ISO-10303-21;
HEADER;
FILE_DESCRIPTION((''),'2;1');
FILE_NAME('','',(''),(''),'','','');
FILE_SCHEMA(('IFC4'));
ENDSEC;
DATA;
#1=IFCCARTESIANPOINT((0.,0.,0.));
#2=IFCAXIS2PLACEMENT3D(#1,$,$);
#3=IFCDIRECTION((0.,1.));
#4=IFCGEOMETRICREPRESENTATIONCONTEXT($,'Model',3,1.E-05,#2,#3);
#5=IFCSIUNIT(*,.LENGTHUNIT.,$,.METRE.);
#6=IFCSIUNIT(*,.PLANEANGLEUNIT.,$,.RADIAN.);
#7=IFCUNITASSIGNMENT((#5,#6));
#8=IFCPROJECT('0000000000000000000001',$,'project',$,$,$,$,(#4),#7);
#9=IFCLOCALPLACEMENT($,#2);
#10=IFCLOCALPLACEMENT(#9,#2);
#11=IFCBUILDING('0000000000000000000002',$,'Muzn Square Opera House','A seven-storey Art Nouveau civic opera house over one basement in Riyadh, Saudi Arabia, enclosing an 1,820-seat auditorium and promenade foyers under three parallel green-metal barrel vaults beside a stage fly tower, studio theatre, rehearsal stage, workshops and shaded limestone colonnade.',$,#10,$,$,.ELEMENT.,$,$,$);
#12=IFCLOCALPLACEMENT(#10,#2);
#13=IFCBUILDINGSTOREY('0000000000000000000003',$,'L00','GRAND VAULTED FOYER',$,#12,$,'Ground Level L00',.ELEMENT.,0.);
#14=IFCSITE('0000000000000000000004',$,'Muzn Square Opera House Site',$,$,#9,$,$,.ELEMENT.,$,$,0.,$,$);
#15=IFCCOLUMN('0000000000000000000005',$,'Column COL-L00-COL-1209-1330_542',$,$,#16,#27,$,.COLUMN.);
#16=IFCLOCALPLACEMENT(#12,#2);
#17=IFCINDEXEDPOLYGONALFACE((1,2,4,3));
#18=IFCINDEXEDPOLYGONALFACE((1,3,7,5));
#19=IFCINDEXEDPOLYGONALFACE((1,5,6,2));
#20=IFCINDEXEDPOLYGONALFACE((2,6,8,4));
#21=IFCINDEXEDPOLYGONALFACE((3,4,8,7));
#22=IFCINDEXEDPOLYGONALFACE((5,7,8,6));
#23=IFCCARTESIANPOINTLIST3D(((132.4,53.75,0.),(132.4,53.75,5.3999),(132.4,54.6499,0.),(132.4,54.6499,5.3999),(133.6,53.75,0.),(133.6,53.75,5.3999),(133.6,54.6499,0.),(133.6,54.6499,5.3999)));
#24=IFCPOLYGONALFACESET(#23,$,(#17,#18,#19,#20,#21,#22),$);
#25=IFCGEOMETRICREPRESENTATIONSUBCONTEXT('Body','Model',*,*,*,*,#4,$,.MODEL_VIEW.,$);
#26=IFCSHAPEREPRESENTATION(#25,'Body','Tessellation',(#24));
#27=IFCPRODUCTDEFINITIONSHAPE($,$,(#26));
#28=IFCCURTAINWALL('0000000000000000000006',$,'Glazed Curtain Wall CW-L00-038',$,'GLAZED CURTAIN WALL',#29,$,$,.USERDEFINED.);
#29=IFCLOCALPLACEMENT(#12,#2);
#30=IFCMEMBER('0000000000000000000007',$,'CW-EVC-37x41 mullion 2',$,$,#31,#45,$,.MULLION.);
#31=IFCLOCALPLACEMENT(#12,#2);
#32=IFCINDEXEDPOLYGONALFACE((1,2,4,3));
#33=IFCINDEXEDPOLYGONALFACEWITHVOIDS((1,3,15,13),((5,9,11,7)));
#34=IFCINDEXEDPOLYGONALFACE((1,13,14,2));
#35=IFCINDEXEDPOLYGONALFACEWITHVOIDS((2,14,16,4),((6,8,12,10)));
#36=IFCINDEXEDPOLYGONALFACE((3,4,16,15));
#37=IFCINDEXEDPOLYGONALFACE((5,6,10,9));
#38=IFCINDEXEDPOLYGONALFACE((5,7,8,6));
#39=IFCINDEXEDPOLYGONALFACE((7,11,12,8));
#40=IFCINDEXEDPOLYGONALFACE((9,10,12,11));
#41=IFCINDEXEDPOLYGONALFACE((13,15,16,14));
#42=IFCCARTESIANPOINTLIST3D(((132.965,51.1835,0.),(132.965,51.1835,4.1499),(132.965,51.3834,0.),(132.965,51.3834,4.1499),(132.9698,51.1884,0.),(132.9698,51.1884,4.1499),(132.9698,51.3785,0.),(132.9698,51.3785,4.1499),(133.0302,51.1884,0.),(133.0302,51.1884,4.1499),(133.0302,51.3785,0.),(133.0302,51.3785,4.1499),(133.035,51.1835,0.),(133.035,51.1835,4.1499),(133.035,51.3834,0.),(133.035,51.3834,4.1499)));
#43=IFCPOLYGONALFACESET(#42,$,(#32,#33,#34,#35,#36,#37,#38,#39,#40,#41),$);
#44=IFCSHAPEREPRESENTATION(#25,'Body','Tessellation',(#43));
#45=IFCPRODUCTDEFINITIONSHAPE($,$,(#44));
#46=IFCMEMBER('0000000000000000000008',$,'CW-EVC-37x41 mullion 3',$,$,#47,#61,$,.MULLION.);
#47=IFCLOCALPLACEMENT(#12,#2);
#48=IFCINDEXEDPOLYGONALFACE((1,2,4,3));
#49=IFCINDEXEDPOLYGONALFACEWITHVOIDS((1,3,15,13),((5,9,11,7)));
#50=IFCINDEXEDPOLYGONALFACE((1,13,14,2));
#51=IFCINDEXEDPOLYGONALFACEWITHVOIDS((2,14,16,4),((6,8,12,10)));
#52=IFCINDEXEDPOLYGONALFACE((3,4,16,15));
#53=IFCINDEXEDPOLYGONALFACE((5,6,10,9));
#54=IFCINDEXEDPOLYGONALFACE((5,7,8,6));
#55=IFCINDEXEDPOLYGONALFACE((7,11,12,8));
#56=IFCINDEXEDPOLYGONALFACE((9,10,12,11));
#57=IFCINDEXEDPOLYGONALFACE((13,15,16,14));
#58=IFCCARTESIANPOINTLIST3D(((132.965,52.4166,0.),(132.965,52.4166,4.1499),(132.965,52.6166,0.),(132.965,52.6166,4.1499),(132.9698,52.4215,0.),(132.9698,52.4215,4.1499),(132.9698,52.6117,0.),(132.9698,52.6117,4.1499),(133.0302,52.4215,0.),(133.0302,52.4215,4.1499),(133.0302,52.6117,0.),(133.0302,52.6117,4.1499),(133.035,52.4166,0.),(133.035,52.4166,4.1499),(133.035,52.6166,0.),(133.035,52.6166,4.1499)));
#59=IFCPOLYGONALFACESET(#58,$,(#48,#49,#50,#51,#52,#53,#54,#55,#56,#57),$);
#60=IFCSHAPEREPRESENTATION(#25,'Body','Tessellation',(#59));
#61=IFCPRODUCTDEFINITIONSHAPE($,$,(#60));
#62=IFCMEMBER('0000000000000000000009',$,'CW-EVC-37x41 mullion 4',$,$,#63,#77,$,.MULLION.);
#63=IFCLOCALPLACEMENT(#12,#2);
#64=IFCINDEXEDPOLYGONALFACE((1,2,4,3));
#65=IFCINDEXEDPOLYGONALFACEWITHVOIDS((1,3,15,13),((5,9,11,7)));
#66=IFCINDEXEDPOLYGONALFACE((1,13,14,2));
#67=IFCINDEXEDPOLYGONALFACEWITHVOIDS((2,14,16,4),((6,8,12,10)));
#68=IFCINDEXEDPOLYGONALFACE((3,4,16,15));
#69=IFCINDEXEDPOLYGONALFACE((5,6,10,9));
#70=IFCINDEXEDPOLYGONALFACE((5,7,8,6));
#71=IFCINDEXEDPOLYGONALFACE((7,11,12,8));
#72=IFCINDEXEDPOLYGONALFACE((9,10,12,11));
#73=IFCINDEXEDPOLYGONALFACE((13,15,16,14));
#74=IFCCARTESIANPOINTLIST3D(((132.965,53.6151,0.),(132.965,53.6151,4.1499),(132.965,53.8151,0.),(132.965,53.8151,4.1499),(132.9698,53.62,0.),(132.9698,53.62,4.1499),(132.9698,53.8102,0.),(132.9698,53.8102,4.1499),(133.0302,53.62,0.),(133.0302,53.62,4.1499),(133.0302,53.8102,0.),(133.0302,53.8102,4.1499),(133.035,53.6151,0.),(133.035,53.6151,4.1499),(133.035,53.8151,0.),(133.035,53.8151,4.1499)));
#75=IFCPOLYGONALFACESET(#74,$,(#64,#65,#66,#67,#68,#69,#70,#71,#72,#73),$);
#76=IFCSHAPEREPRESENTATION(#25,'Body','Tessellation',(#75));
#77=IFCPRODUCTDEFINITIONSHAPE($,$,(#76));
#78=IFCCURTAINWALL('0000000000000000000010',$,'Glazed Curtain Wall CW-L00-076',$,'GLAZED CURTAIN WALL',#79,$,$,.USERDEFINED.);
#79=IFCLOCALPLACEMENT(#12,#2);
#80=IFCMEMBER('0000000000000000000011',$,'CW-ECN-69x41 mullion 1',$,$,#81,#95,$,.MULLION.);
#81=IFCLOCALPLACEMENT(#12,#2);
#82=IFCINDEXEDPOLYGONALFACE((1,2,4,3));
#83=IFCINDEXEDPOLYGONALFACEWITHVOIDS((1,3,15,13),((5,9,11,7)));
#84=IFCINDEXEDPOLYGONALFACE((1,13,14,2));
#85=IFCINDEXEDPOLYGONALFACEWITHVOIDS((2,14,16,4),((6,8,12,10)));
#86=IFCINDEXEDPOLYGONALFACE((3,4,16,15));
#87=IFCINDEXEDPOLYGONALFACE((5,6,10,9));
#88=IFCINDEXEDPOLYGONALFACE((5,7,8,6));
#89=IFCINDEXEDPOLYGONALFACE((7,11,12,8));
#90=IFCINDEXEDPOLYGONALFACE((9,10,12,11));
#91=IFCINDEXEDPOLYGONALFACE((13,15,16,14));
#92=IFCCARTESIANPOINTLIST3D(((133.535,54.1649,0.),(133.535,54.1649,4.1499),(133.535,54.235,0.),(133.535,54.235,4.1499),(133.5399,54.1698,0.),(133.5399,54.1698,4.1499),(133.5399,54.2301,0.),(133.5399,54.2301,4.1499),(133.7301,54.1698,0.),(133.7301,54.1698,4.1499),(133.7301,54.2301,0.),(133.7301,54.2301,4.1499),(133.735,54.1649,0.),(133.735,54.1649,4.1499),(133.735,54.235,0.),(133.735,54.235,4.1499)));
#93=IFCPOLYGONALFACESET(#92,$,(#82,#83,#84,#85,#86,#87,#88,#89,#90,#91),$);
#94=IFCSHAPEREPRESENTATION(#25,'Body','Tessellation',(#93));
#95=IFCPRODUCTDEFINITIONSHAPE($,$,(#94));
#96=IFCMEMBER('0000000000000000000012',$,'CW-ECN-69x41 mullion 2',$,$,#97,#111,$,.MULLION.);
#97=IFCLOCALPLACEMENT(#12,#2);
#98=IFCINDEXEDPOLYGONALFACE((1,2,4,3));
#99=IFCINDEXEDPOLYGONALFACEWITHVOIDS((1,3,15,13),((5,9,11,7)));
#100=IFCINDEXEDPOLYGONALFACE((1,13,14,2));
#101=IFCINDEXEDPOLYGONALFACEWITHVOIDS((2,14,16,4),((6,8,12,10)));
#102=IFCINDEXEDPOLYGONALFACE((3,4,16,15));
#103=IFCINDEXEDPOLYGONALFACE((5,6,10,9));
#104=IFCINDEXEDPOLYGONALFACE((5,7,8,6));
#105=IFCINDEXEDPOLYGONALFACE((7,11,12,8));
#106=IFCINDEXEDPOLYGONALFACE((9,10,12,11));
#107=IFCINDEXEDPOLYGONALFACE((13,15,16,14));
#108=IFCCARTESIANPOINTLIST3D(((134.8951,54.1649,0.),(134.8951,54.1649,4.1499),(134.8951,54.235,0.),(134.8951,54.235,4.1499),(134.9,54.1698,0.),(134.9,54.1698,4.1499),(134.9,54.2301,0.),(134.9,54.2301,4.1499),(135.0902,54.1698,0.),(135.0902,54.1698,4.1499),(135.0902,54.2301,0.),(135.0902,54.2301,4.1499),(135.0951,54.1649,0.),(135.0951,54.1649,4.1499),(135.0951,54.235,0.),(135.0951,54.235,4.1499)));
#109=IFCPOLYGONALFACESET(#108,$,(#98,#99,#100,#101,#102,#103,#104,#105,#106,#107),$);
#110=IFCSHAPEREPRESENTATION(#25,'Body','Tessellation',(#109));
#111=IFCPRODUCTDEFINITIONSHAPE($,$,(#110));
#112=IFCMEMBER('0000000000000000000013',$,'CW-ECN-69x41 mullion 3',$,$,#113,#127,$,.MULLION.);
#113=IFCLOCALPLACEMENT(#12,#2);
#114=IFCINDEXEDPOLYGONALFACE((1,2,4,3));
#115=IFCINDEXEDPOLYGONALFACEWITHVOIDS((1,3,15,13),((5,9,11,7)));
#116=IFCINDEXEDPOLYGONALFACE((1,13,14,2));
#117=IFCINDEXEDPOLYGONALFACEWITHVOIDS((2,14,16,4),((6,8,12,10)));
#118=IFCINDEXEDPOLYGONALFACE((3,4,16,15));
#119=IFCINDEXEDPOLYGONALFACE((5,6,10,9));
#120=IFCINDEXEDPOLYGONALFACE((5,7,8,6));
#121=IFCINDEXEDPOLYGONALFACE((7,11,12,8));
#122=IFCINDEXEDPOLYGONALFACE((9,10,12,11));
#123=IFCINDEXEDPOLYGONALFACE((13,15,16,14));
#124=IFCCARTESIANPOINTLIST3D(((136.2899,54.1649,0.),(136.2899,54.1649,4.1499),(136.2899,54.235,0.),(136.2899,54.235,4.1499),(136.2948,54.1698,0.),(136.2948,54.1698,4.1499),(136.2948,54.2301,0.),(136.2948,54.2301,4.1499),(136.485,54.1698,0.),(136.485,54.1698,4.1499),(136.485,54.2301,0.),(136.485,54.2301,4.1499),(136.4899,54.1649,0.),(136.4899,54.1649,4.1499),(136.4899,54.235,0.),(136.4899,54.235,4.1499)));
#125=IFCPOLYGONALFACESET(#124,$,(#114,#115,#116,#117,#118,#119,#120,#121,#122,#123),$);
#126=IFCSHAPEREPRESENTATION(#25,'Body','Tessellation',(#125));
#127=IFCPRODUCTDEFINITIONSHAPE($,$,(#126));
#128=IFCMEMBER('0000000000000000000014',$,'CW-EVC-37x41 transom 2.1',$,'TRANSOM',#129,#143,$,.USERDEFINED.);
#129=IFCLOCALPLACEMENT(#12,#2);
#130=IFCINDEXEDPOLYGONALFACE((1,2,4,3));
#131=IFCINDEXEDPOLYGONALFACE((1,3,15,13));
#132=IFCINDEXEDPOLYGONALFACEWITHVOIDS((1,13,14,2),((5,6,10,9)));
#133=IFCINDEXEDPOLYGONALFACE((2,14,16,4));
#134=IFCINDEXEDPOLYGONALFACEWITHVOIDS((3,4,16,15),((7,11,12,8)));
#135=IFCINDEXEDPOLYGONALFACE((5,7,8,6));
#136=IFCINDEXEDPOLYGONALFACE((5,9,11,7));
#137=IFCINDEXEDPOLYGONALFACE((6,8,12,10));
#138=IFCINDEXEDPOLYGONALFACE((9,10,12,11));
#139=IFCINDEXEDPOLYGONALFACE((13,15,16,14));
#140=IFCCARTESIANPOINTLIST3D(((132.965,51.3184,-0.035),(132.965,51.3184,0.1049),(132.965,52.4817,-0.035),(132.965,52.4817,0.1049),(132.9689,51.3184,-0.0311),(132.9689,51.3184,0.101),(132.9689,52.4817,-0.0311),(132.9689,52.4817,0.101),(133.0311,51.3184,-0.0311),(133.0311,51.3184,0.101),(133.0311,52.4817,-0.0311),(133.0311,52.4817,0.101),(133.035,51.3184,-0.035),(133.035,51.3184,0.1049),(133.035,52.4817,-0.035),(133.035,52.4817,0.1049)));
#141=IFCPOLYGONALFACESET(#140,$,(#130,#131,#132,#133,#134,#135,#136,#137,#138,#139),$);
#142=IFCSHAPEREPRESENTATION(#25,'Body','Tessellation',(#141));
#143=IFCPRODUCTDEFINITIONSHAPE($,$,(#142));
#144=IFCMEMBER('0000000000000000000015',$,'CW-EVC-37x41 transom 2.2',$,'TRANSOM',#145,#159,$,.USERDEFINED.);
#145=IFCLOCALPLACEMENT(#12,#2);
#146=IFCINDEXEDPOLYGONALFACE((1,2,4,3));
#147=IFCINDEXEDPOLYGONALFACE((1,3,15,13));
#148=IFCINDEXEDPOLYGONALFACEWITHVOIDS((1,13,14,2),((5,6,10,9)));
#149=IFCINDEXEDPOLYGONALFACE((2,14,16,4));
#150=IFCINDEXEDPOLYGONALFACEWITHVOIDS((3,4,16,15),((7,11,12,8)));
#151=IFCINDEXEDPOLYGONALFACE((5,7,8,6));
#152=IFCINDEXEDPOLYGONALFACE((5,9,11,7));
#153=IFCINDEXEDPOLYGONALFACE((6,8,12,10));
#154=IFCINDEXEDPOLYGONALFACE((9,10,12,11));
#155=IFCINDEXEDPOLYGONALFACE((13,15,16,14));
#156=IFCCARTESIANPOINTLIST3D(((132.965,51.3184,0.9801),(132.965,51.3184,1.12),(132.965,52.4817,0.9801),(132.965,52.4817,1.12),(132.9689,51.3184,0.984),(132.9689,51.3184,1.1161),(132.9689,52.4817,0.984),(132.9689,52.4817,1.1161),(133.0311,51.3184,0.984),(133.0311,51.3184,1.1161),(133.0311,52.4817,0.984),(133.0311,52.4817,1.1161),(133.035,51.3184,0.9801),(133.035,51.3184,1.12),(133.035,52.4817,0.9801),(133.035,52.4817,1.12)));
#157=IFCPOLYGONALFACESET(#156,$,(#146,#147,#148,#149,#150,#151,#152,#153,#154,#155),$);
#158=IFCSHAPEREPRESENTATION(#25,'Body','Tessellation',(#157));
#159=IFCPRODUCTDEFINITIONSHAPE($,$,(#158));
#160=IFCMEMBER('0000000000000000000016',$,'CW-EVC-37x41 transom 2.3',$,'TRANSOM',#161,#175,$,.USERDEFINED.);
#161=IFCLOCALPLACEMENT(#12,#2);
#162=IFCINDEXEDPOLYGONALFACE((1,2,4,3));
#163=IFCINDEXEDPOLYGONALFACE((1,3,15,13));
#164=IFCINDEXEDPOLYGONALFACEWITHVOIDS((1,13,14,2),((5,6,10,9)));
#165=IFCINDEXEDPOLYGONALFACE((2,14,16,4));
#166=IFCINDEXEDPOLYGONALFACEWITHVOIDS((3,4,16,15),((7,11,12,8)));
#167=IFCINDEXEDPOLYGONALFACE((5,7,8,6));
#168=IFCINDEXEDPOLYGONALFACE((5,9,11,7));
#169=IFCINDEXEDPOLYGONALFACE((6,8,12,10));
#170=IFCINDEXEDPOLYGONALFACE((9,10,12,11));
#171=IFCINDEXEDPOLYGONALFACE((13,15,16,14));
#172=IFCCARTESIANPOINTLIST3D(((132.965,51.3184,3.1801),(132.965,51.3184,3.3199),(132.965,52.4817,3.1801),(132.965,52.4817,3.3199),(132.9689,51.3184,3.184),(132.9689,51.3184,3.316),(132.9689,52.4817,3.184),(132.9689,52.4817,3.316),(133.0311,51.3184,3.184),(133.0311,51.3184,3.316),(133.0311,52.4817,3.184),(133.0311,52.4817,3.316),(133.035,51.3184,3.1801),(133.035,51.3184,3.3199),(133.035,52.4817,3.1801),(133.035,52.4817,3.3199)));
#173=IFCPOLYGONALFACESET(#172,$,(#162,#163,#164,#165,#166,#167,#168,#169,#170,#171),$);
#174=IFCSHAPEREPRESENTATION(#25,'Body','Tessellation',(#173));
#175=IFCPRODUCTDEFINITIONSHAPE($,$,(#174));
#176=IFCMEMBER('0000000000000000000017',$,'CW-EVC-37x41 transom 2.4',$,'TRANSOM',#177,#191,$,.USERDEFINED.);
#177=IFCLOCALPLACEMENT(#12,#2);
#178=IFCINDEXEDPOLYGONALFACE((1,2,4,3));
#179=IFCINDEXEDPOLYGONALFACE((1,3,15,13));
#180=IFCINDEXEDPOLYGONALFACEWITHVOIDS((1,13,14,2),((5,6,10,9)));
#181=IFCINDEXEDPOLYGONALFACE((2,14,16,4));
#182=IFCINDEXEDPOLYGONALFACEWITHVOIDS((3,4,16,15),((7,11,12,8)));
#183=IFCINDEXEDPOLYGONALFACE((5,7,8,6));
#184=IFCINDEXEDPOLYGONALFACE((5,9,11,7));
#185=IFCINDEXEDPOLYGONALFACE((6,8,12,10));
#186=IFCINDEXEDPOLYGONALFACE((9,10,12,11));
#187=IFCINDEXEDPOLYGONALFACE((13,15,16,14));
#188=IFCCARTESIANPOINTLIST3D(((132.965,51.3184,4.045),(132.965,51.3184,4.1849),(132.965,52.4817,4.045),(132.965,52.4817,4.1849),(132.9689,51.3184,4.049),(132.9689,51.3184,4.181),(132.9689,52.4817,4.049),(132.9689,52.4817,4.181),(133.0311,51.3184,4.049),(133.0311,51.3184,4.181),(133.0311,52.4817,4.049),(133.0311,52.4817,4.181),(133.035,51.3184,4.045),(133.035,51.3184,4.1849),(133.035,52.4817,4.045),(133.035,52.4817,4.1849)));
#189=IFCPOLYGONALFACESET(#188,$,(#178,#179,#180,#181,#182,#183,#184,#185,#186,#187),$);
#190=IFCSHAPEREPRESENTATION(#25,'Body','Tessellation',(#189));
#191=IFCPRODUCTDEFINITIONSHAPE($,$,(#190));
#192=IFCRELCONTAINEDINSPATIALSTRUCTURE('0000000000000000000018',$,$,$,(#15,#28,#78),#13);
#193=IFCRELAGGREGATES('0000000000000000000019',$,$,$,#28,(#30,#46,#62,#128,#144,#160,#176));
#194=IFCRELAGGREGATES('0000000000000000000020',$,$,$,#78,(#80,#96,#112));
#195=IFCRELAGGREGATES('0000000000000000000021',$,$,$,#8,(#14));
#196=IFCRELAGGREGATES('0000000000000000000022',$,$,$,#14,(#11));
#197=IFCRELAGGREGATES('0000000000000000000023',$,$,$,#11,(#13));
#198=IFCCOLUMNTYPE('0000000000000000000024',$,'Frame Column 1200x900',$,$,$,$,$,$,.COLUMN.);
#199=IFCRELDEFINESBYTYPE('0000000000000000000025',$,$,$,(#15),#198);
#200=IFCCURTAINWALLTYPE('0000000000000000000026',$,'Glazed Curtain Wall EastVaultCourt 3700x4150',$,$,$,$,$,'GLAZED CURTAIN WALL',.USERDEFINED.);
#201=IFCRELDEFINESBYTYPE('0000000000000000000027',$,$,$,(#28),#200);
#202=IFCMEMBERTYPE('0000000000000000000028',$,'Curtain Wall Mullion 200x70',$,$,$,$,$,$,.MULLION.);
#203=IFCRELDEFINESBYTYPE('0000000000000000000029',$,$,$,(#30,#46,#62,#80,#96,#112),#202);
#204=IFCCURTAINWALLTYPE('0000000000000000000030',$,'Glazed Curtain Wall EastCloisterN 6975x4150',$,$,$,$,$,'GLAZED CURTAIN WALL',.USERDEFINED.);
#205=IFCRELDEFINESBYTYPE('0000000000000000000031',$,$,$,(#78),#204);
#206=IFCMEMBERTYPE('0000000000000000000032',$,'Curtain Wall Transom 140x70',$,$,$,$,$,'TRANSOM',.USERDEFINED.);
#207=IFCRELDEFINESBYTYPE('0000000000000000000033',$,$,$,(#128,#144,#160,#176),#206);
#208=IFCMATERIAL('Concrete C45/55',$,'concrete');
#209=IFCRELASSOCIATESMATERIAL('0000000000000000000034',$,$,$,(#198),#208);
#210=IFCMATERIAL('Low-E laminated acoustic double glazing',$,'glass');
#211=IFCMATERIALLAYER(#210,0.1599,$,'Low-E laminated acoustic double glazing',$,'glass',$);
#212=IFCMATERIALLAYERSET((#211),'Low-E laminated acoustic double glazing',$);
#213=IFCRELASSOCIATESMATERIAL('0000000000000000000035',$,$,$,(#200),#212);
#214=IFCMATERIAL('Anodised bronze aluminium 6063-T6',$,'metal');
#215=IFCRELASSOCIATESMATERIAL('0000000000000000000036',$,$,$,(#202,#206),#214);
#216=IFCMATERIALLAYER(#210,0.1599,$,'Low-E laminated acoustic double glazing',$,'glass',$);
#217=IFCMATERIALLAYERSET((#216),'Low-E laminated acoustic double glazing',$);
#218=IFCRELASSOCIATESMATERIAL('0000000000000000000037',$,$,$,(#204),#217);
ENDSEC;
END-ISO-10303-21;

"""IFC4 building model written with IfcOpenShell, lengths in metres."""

from ifc_helpers import new_model, si_unit, direction, frame, origin, origin_2d, place, context, subcontext, project, spatial, rectangle, hollow_rectangle, extrude, material, layer, layer_set, material_profile, profile_set, type_object, element, aggregate, save


model = new_model("IFC4")

# Units and contexts
model_context = context("Model", 3, precision=1e-05, world=origin(), true_north=direction((0.0, 1.0)))
body_context = subcontext(model_context, "Body", "Model", "MODEL_VIEW")
ifc_project = project(units=[si_unit("LENGTHUNIT", "METRE"), si_unit("PLANEANGLEUNIT", "RADIAN")], contexts=[model_context])

# Site, building, storey
site_placement = place(None, origin())
site = spatial("IfcSite", under=ifc_project, at=site_placement, Name="Muzn Square Opera House Site", CompositionType="ELEMENT", RefElevation=0.0)
building_placement = place(site_placement, origin())
building = spatial("IfcBuilding", under=site, at=building_placement, Name="Muzn Square Opera House", Description="A seven-storey Art Nouveau civic opera house over one basement in Riyadh, Saudi Arabia, enclosing an 1,820-seat auditorium and promenade foyers under three parallel green-metal barrel vaults beside a stage fly tower, studio theatre, rehearsal stage, workshops and shaded limestone colonnade.", CompositionType="ELEMENT")
storey_placement = place(building_placement, origin())
storey = spatial("IfcBuildingStorey", under=building, at=storey_placement, Name="L00", Description="GRAND VAULTED FOYER", LongName="Ground Level L00", CompositionType="ELEMENT", Elevation=0.0)

# Column
ifc_material_1 = material(Name="Concrete C45/55", Category="concrete")
ifc_material_profile_1 = material_profile(ifc_material_1, rectangle(XDim=1.2, YDim=0.8999, at=origin_2d()), Name="RC 1200x900", Category="concrete")
ifc_profile_set_1 = profile_set([ifc_material_profile_1], Name="Concrete C45/55")
column_type = type_object("IfcColumnType", Name="Frame Column 1200x900", PredefinedType="COLUMN", material=ifc_profile_set_1)
column_placement = place(storey_placement, frame((133.0, 54.2, 0.0), z_axis=(0.0, 0.0, 1.0), x_axis=(1.0, 0.0, 0.0)))
element("IfcColumn", 1, at=column_placement, inside=storey, type_object=column_type, Name="Column COL-L00-COL-1209-1330_542", PredefinedType="COLUMN", context=body_context, shape_type="SweptSolid", body=[
    extrude(rectangle(XDim=1.2, YDim=0.8999, at=origin_2d()), origin(), (0.0, 0.0, 1.0), 5.3999),
])

# Curtain walls, members
ifc_material_2 = material(Name="Low-E laminated acoustic double glazing", Category="glass")
ifc_layer_1 = layer(ifc_material_2, 0.1599, Name="Low-E laminated acoustic double glazing", Category="glass")
ifc_layer_set_1 = layer_set([ifc_layer_1], Name="Low-E laminated acoustic double glazing")
curtain_wall_type_1 = type_object("IfcCurtainWallType", Name="Glazed Curtain Wall EastVaultCourt 3700x4150", ElementType="GLAZED CURTAIN WALL", PredefinedType="USERDEFINED", material=ifc_layer_set_1)
curtain_wall_1_placement = place(storey_placement, origin())
curtain_wall_1 = element("IfcCurtainWall", 2, at=curtain_wall_1_placement, inside=storey, type_object=curtain_wall_type_1, Name="Glazed Curtain Wall CW-L00-038", ObjectType="GLAZED CURTAIN WALL", PredefinedType="USERDEFINED")
ifc_material_3 = material(Name="Anodised bronze aluminium 6063-T6", Category="metal")
ifc_material_profile_2 = material_profile(ifc_material_3, hollow_rectangle(XDim=0.0701, YDim=0.2, WallThickness=0.0049, at=origin_2d()), Name="ALU 200x70x5", Category="metal")
ifc_profile_set_2 = profile_set([ifc_material_profile_2], Name="Anodised bronze aluminium 6063-T6")
member_type_1 = type_object("IfcMemberType", Name="Curtain Wall Mullion 200x70", PredefinedType="MULLION", material=ifc_profile_set_2)
member_1_placement = place(storey_placement, frame((133.0, 51.2834, 0.0), z_axis=(0.0, 0.0, 1.0), x_axis=(-1.0, 0.0, 0.0)))
member_1 = element("IfcMember", 3, at=member_1_placement, type_object=member_type_1, Name="CW-EVC-37x41 mullion 2", PredefinedType="MULLION", context=body_context, shape_type="SweptSolid", body=[
    extrude(hollow_rectangle(XDim=0.0701, YDim=0.2, WallThickness=0.0049, at=origin_2d()), origin(), (0.0, 0.0, 1.0), 4.1499),
])
member_2_placement = place(storey_placement, frame((133.0, 52.5166, 0.0), z_axis=(0.0, 0.0, 1.0), x_axis=(-1.0, 0.0, 0.0)))
member_2 = element("IfcMember", 4, at=member_2_placement, type_object=member_type_1, Name="CW-EVC-37x41 mullion 3", PredefinedType="MULLION", context=body_context, shape_type="SweptSolid", body=[
    extrude(hollow_rectangle(XDim=0.0701, YDim=0.2, WallThickness=0.0049, at=origin_2d()), origin(), (0.0, 0.0, 1.0), 4.1499),
])
member_3_placement = place(storey_placement, frame((133.0, 53.7151, 0.0), z_axis=(0.0, 0.0, 1.0), x_axis=(-1.0, 0.0, 0.0)))
member_3 = element("IfcMember", 5, at=member_3_placement, type_object=member_type_1, Name="CW-EVC-37x41 mullion 4", PredefinedType="MULLION", context=body_context, shape_type="SweptSolid", body=[
    extrude(hollow_rectangle(XDim=0.0701, YDim=0.2, WallThickness=0.0049, at=origin_2d()), origin(), (0.0, 0.0, 1.0), 4.1499),
])
ifc_layer_2 = layer(ifc_material_2, 0.1599, Name="Low-E laminated acoustic double glazing", Category="glass")
ifc_layer_set_2 = layer_set([ifc_layer_2], Name="Low-E laminated acoustic double glazing")
curtain_wall_type_2 = type_object("IfcCurtainWallType", Name="Glazed Curtain Wall EastCloisterN 6975x4150", ElementType="GLAZED CURTAIN WALL", PredefinedType="USERDEFINED", material=ifc_layer_set_2)
curtain_wall_2_placement = place(storey_placement, origin())
curtain_wall_2 = element("IfcCurtainWall", 6, at=curtain_wall_2_placement, inside=storey, type_object=curtain_wall_type_2, Name="Glazed Curtain Wall CW-L00-076", ObjectType="GLAZED CURTAIN WALL", PredefinedType="USERDEFINED")
member_4_placement = place(storey_placement, frame((133.635, 54.2, 0.0), z_axis=(0.0, 0.0, 1.0), x_axis=(0.0, 1.0, 0.0)))
member_4 = element("IfcMember", 7, at=member_4_placement, type_object=member_type_1, Name="CW-ECN-69x41 mullion 1", PredefinedType="MULLION", context=body_context, shape_type="SweptSolid", body=[
    extrude(hollow_rectangle(XDim=0.0701, YDim=0.2, WallThickness=0.0049, at=origin_2d()), origin(), (0.0, 0.0, 1.0), 4.1499),
])
member_5_placement = place(storey_placement, frame((134.9951, 54.2, 0.0), z_axis=(0.0, 0.0, 1.0), x_axis=(0.0, 1.0, 0.0)))
member_5 = element("IfcMember", 8, at=member_5_placement, type_object=member_type_1, Name="CW-ECN-69x41 mullion 2", PredefinedType="MULLION", context=body_context, shape_type="SweptSolid", body=[
    extrude(hollow_rectangle(XDim=0.0701, YDim=0.2, WallThickness=0.0049, at=origin_2d()), origin(), (0.0, 0.0, 1.0), 4.1499),
])
member_6_placement = place(storey_placement, frame((136.3899, 54.2, 0.0), z_axis=(0.0, 0.0, 1.0), x_axis=(0.0, 1.0, 0.0)))
member_6 = element("IfcMember", 9, at=member_6_placement, type_object=member_type_1, Name="CW-ECN-69x41 mullion 3", PredefinedType="MULLION", context=body_context, shape_type="SweptSolid", body=[
    extrude(hollow_rectangle(XDim=0.0701, YDim=0.2, WallThickness=0.0049, at=origin_2d()), origin(), (0.0, 0.0, 1.0), 4.1499),
])

# Members
ifc_material_profile_3 = material_profile(ifc_material_3, hollow_rectangle(XDim=0.0701, YDim=0.1399, WallThickness=0.0039, at=origin_2d()), Name="ALU 140x70x4", Category="metal")
ifc_profile_set_3 = profile_set([ifc_material_profile_3], Name="Anodised bronze aluminium 6063-T6")
member_type_2 = type_object("IfcMemberType", Name="Curtain Wall Transom 140x70", ElementType="TRANSOM", PredefinedType="USERDEFINED", material=ifc_profile_set_3)
member_7_placement = place(storey_placement, frame((133.0, 51.3184, 0.0349), z_axis=(0.0, 1.0, 0.0), x_axis=(-1.0, 0.0, 0.0)))
member_7 = element("IfcMember", 10, at=member_7_placement, type_object=member_type_2, Name="CW-EVC-37x41 transom 2.1", ObjectType="TRANSOM", PredefinedType="USERDEFINED", context=body_context, shape_type="SweptSolid", body=[
    extrude(hollow_rectangle(XDim=0.0701, YDim=0.1399, WallThickness=0.0039, at=origin_2d()), origin(), (0.0, 0.0, 1.0), 1.1633),
])
member_8_placement = place(storey_placement, frame((133.0, 51.3184, 1.05), z_axis=(0.0, 1.0, 0.0), x_axis=(-1.0, 0.0, 0.0)))
member_8 = element("IfcMember", 11, at=member_8_placement, type_object=member_type_2, Name="CW-EVC-37x41 transom 2.2", ObjectType="TRANSOM", PredefinedType="USERDEFINED", context=body_context, shape_type="SweptSolid", body=[
    extrude(hollow_rectangle(XDim=0.0701, YDim=0.1399, WallThickness=0.0039, at=origin_2d()), origin(), (0.0, 0.0, 1.0), 1.1633),
])
member_9_placement = place(storey_placement, frame((133.0, 51.3184, 3.25), z_axis=(0.0, 1.0, 0.0), x_axis=(-1.0, 0.0, 0.0)))
member_9 = element("IfcMember", 12, at=member_9_placement, type_object=member_type_2, Name="CW-EVC-37x41 transom 2.3", ObjectType="TRANSOM", PredefinedType="USERDEFINED", context=body_context, shape_type="SweptSolid", body=[
    extrude(hollow_rectangle(XDim=0.0701, YDim=0.1399, WallThickness=0.0039, at=origin_2d()), origin(), (0.0, 0.0, 1.0), 1.1633),
])
member_10_placement = place(storey_placement, frame((133.0, 51.3184, 4.115), z_axis=(0.0, 1.0, 0.0), x_axis=(-1.0, 0.0, 0.0)))
member_10 = element("IfcMember", 13, at=member_10_placement, type_object=member_type_2, Name="CW-EVC-37x41 transom 2.4", ObjectType="TRANSOM", PredefinedType="USERDEFINED", context=body_context, shape_type="SweptSolid", body=[
    extrude(hollow_rectangle(XDim=0.0701, YDim=0.1399, WallThickness=0.0039, at=origin_2d()), origin(), (0.0, 0.0, 1.0), 1.1633),
])

aggregate(curtain_wall_1, [member_1, member_2, member_3, member_7, member_8, member_9, member_10])
aggregate(curtain_wall_2, [member_4, member_5, member_6])

save(model, "model.ifc")
